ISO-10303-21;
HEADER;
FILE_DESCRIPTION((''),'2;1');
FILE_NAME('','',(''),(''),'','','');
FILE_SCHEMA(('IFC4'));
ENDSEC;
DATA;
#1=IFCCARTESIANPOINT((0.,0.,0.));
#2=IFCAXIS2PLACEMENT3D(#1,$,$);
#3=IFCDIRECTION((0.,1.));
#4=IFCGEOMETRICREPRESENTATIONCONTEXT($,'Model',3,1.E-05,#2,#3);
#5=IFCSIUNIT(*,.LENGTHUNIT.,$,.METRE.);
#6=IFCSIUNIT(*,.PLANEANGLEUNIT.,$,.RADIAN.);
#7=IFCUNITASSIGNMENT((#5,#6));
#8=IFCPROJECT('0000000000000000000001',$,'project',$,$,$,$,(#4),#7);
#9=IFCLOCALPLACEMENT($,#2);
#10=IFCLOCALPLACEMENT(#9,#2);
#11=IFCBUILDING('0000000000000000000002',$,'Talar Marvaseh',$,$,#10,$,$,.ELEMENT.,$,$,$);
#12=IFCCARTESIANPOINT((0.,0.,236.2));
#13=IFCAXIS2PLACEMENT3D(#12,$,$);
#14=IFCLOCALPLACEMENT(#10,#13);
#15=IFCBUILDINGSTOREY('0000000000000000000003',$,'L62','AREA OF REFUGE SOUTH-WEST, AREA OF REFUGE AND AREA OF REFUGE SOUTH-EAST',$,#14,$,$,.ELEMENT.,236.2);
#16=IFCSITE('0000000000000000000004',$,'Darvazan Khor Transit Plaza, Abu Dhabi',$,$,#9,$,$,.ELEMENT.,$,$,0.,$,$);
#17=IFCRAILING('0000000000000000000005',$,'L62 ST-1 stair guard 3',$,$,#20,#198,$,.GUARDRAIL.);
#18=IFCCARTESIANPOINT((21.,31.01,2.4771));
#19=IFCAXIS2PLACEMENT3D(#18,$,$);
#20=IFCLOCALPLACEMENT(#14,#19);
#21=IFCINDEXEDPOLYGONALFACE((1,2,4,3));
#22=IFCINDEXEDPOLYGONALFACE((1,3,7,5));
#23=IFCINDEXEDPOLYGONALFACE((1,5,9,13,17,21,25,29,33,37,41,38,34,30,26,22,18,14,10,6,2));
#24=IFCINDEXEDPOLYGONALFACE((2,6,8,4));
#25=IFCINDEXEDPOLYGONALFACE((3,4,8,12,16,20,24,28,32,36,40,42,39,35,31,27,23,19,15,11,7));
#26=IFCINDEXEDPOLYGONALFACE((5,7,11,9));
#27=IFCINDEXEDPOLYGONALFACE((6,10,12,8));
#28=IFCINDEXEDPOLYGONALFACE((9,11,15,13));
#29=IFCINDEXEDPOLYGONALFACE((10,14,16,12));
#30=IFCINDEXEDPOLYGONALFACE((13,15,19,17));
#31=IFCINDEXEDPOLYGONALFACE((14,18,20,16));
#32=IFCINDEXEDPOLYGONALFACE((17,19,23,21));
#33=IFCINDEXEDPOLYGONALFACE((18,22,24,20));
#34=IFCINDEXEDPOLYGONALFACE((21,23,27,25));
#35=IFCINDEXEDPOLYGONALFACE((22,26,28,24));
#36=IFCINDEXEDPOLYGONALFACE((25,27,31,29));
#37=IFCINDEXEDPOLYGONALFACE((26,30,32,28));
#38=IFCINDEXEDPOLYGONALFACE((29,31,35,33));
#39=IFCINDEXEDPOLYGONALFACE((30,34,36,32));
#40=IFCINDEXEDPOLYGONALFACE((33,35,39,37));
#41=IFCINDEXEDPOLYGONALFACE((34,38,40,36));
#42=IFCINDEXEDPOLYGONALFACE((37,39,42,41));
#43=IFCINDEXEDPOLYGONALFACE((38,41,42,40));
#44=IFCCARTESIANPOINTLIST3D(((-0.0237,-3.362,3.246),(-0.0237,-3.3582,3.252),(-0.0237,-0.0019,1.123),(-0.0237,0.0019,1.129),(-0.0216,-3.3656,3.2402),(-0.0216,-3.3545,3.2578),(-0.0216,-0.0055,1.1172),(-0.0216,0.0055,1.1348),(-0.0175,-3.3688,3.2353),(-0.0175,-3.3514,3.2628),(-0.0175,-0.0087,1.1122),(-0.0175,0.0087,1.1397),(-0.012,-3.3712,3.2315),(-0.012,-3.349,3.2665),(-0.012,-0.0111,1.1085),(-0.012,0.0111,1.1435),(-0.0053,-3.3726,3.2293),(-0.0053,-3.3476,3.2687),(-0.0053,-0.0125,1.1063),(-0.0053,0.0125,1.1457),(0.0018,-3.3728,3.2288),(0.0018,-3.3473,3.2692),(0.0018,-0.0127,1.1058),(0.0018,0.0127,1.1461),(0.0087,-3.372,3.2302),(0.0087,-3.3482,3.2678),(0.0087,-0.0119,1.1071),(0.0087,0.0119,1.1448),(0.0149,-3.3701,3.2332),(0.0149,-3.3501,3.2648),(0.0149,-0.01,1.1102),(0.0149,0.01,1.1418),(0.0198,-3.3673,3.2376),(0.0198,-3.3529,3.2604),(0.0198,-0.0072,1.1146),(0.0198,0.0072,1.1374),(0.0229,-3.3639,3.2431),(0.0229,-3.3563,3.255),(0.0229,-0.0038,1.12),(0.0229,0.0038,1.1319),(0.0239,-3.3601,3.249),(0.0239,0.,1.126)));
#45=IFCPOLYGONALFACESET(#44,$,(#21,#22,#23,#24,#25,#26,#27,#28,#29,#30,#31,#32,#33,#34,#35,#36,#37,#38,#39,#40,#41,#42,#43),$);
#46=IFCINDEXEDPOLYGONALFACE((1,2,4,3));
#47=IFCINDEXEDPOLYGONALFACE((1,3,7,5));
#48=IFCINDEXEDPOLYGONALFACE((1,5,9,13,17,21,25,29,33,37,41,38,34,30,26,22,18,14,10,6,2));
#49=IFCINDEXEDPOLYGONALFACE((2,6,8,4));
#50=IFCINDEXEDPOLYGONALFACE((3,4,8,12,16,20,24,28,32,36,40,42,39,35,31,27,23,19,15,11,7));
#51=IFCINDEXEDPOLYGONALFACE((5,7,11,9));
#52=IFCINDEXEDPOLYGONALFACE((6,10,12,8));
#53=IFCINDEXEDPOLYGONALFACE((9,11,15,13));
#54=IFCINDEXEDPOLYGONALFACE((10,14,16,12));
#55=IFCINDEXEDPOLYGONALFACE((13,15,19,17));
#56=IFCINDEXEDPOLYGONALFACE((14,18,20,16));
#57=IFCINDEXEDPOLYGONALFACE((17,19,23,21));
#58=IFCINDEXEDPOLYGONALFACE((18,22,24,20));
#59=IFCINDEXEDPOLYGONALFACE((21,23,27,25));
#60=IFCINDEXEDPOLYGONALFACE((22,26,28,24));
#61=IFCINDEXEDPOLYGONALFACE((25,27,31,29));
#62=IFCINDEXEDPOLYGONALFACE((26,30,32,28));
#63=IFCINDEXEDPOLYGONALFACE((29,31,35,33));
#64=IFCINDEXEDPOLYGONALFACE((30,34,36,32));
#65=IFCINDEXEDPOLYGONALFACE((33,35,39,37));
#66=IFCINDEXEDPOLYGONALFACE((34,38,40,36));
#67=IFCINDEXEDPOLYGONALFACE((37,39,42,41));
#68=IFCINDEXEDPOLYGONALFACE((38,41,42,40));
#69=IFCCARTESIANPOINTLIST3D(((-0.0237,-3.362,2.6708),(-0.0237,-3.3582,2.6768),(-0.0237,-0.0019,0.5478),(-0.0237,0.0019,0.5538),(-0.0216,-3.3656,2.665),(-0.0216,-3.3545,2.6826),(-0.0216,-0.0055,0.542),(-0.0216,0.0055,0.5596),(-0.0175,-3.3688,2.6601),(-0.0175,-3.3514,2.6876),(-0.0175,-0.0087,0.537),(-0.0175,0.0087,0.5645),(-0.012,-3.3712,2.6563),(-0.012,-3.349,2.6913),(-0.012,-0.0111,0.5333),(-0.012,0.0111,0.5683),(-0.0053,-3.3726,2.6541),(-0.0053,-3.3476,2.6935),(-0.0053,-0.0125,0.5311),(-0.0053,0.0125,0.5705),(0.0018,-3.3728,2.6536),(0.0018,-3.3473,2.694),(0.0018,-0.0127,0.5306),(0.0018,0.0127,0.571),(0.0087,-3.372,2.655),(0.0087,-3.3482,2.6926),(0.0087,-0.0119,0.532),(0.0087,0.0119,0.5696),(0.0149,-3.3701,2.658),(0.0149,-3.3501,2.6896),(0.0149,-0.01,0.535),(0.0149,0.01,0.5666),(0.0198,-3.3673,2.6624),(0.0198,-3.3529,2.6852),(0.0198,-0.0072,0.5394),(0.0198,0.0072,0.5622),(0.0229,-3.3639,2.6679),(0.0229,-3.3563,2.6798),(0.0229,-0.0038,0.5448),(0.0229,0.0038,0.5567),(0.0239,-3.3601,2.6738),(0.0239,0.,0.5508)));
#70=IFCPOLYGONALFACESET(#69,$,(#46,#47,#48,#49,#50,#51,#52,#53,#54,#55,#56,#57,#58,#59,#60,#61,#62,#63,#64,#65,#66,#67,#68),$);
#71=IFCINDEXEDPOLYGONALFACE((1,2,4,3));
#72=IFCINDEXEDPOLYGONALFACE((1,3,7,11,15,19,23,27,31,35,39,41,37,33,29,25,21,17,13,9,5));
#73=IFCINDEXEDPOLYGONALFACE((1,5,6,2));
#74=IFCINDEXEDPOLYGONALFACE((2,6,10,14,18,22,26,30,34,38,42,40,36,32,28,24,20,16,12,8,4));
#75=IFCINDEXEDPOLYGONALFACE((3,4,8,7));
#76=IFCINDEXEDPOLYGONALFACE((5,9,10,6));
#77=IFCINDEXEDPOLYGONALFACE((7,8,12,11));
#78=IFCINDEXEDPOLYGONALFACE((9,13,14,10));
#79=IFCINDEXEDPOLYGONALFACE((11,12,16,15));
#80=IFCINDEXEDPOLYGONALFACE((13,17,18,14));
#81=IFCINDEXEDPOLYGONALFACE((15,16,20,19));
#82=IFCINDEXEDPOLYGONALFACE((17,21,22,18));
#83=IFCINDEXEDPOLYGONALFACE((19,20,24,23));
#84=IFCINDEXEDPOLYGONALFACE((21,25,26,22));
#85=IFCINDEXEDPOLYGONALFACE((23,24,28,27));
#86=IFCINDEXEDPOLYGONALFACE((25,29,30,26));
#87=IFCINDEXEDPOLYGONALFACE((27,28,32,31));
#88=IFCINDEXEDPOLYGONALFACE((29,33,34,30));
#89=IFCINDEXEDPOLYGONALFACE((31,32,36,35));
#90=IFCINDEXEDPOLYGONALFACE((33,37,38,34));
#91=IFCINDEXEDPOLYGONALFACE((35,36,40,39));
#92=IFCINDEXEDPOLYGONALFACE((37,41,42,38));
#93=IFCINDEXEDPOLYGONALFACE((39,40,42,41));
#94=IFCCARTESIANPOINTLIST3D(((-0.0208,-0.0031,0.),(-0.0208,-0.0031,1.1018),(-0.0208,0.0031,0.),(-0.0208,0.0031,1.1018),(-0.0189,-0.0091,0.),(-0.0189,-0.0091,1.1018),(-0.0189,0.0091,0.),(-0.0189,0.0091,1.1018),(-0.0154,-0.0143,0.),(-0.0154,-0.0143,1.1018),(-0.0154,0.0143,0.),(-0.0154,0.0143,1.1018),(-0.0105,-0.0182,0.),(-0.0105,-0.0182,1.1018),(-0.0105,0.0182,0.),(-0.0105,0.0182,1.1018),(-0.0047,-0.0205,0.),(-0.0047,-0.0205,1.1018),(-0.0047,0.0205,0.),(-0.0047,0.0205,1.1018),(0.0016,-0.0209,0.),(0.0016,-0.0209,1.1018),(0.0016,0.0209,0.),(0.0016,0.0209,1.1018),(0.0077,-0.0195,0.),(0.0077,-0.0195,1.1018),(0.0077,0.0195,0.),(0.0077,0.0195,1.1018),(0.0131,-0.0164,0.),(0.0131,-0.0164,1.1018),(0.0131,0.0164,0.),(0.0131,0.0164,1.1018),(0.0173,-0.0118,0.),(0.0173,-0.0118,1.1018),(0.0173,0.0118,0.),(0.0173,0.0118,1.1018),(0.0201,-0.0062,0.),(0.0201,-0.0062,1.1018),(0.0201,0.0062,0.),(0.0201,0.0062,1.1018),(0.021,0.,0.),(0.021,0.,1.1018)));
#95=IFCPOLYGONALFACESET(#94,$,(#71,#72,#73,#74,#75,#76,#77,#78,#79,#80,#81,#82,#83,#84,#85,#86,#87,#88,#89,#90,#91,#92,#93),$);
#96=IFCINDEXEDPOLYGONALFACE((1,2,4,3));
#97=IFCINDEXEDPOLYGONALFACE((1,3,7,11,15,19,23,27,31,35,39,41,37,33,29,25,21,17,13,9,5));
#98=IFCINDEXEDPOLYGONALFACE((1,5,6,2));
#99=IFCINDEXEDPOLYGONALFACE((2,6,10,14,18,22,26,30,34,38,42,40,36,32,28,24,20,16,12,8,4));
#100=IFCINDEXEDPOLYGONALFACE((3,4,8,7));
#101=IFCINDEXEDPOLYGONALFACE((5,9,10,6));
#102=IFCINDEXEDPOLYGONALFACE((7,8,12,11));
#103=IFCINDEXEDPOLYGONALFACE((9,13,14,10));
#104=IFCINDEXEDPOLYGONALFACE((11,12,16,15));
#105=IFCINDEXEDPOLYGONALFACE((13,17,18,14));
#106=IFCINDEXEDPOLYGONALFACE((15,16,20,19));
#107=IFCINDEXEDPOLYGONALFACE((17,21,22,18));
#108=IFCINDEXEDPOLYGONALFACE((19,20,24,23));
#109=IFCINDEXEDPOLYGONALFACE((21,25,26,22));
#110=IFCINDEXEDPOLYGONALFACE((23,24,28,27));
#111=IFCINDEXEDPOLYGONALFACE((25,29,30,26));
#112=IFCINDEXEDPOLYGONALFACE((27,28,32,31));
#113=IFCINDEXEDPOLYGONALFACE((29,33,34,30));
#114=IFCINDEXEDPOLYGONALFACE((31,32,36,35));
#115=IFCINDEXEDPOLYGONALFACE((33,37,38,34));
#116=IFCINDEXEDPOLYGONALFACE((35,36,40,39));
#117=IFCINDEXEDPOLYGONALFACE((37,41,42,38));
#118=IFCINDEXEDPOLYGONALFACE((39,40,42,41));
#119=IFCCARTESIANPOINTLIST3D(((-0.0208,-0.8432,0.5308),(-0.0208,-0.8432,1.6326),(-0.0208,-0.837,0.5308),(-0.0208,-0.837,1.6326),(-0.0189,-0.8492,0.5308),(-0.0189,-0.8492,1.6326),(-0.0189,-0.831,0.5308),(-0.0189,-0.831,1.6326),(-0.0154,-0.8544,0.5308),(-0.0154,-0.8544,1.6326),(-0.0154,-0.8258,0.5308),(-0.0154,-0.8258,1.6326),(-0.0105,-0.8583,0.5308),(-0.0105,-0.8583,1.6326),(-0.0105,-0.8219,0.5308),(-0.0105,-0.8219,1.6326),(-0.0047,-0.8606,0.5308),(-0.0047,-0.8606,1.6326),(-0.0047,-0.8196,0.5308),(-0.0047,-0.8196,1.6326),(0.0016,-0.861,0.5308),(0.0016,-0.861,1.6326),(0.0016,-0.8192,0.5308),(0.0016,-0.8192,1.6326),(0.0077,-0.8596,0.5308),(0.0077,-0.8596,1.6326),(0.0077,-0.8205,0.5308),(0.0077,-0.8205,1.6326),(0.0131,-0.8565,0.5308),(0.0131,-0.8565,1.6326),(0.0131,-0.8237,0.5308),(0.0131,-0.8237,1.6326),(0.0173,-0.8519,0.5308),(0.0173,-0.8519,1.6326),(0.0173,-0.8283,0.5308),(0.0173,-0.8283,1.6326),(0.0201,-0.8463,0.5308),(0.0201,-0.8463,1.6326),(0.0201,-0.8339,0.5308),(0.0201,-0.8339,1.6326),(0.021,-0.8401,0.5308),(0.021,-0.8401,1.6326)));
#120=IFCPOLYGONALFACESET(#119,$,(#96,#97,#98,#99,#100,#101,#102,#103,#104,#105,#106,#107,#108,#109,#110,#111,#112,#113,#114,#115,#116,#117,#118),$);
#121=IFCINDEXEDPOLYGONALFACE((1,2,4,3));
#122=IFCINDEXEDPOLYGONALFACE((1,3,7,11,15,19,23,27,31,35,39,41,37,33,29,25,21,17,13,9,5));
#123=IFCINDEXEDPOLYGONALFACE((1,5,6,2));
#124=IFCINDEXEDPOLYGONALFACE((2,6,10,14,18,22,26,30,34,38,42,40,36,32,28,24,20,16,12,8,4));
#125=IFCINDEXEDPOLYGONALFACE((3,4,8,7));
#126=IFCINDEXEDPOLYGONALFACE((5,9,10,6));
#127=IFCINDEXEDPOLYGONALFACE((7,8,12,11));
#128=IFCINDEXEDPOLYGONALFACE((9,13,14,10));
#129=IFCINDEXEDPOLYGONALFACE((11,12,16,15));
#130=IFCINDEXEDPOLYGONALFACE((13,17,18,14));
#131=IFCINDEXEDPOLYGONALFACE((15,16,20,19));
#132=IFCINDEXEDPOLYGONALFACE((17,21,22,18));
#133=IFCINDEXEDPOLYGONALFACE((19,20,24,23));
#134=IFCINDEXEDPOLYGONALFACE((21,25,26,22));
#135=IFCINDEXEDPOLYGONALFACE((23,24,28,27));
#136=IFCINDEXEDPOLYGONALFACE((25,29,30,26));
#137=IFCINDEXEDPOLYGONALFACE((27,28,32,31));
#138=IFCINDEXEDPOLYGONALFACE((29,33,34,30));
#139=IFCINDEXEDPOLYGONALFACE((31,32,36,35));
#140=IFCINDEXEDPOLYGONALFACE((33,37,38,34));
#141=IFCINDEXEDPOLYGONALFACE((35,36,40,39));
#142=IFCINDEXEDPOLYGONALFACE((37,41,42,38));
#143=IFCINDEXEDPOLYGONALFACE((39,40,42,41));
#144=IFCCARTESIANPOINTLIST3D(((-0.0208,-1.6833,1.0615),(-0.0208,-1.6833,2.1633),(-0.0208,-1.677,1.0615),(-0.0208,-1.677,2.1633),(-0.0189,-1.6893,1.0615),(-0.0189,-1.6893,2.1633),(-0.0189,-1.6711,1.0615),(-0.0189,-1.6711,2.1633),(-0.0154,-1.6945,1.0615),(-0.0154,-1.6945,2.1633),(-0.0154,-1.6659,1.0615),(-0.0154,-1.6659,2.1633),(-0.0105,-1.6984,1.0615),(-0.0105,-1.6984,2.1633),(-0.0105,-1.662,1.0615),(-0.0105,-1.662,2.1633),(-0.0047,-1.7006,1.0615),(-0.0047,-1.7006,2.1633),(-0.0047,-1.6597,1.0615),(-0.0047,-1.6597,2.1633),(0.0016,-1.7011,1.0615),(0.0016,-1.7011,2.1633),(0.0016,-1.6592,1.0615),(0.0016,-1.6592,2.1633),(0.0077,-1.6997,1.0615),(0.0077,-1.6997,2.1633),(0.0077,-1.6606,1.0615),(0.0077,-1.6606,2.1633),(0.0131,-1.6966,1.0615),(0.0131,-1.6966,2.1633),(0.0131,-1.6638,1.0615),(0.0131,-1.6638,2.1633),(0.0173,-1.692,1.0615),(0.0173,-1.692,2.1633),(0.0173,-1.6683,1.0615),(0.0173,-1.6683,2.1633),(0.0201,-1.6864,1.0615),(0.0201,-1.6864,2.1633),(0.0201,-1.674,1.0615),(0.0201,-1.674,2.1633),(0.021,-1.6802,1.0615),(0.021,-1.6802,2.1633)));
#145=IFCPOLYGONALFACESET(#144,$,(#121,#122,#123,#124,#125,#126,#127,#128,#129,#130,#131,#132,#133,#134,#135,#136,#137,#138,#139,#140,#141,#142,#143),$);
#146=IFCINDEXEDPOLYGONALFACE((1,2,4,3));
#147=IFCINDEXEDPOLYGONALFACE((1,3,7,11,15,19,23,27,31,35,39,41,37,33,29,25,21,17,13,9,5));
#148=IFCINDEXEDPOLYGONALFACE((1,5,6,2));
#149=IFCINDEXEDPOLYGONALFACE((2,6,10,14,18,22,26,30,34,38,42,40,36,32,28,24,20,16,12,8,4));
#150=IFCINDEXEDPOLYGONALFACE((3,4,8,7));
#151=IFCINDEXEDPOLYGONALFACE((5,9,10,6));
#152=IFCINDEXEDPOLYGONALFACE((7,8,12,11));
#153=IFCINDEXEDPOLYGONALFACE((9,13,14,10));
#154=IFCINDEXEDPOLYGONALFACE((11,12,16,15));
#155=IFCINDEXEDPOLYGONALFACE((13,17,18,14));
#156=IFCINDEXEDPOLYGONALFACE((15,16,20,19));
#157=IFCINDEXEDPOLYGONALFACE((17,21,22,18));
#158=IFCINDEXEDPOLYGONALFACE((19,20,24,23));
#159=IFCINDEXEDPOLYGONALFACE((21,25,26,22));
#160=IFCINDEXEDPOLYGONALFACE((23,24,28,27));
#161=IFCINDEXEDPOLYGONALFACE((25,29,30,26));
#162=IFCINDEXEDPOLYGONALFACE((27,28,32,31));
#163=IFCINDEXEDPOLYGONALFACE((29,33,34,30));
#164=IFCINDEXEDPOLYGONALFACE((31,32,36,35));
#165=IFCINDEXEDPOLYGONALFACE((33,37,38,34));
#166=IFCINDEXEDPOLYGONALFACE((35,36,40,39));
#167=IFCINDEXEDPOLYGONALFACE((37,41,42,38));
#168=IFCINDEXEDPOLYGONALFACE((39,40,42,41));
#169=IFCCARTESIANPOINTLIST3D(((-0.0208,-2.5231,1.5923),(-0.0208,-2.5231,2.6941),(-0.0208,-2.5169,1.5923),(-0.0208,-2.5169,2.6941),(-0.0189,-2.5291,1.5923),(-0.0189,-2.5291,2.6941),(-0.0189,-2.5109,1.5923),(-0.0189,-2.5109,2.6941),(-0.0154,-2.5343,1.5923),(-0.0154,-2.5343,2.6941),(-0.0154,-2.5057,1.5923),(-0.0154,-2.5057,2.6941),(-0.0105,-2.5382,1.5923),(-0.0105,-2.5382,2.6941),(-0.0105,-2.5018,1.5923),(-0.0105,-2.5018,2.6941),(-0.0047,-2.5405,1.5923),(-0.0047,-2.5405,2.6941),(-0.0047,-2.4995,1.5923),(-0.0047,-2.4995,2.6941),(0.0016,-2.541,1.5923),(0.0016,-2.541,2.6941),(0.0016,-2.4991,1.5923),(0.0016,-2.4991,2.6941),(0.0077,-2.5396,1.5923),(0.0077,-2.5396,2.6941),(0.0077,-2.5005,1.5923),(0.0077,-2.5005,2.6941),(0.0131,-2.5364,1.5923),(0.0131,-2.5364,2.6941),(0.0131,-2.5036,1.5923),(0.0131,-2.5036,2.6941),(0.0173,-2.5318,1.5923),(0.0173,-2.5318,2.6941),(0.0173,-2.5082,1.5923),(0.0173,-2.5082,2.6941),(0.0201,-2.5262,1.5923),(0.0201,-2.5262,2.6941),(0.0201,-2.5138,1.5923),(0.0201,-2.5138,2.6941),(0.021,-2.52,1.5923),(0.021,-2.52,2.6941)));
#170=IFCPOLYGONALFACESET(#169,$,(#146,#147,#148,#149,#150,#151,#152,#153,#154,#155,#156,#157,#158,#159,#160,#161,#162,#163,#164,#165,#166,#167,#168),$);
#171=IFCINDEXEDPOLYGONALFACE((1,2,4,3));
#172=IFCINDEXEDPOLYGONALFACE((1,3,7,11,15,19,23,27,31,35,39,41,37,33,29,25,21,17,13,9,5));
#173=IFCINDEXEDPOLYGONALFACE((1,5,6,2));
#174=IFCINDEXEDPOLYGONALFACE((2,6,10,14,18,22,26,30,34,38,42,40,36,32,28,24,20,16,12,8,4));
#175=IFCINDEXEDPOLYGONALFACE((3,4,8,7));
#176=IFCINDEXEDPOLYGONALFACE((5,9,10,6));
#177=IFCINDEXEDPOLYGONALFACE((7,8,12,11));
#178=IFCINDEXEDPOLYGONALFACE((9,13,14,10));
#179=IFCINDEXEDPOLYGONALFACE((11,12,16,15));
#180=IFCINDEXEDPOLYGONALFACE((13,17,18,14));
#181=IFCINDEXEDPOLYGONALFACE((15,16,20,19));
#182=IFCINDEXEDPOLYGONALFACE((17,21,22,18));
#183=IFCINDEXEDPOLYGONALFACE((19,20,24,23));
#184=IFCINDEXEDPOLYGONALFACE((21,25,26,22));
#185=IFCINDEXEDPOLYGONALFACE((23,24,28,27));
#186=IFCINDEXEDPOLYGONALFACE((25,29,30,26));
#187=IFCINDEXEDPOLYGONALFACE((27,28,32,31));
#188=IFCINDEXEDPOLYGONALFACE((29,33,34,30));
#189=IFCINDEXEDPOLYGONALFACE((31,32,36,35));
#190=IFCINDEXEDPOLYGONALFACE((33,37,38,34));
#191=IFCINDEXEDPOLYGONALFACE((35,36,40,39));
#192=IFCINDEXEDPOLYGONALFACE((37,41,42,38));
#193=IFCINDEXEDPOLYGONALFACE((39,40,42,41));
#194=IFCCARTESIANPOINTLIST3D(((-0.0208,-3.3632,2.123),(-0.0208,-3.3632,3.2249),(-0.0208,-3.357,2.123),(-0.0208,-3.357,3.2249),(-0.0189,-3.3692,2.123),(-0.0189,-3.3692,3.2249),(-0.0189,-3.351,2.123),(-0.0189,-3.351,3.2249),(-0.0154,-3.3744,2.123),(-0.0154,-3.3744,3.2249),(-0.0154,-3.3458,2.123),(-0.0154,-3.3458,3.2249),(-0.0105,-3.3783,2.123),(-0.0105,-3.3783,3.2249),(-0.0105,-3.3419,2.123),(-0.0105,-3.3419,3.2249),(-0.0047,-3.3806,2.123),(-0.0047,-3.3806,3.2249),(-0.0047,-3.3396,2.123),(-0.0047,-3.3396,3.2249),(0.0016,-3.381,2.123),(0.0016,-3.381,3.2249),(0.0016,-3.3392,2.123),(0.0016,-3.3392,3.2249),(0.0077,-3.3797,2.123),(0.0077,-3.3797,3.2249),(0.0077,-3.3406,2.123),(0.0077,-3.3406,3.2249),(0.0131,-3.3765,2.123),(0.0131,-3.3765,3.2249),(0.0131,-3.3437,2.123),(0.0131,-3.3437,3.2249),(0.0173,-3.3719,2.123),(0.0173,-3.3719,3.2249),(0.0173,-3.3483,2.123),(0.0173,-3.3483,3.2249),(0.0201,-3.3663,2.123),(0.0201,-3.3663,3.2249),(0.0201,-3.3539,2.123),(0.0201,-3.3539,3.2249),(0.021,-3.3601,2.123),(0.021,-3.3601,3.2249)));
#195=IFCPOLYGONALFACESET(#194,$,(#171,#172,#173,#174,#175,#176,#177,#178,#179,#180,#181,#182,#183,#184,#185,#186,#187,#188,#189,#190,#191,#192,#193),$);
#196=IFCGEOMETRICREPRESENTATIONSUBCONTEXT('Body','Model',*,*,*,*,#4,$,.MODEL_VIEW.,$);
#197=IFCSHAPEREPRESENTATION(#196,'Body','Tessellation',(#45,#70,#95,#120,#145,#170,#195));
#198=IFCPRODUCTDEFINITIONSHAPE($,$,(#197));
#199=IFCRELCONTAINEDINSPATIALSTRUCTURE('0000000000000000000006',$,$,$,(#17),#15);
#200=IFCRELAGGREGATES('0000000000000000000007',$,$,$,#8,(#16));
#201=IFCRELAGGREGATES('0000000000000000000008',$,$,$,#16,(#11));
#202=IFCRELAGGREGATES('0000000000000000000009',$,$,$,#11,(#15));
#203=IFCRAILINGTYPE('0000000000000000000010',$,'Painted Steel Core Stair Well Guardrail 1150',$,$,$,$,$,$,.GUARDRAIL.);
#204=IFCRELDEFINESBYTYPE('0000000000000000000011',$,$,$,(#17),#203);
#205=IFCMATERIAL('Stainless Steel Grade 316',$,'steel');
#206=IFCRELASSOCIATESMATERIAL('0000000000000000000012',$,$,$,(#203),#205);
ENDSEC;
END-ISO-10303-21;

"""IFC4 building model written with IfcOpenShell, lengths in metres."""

from ifc_helpers import new_model, si_unit, direction, frame, origin, origin_2d, place, context, subcontext, project, spatial, circle, extrude, material, type_object, element, save


model = new_model("IFC4")

# Units and contexts
model_context = context("Model", 3, precision=1e-05, world=origin(), true_north=direction((0.0, 1.0)))
body_context = subcontext(model_context, "Body", "Model", "MODEL_VIEW")
ifc_project = project(units=[si_unit("LENGTHUNIT", "METRE"), si_unit("PLANEANGLEUNIT", "RADIAN")], contexts=[model_context])

# Site, building, storey
site_placement = place(None, origin())
site = spatial("IfcSite", under=ifc_project, at=site_placement, Name="Darvazan Khor Transit Plaza, Abu Dhabi", CompositionType="ELEMENT", RefElevation=0.0)
building_placement = place(site_placement, origin())
building = spatial("IfcBuilding", under=site, at=building_placement, Name="Talar Marvaseh", CompositionType="ELEMENT")
storey_placement = place(building_placement, frame((0.0, 0.0, 236.2)))
storey = spatial("IfcBuildingStorey", under=building, at=storey_placement, Name="L62", Description="AREA OF REFUGE SOUTH-WEST, AREA OF REFUGE AND AREA OF REFUGE SOUTH-EAST", CompositionType="ELEMENT", Elevation=236.2)

# Shared definitions
ifc_material_1 = material(Name="Stainless Steel Grade 316", Category="steel")

# Railing
railing_type_1 = type_object("IfcRailingType", Name="Painted Steel Core Stair Well Guardrail 1150", PredefinedType="GUARDRAIL", material=ifc_material_1)
railing_1_placement = place(storey_placement, frame((21.0, 31.01, 2.4771)))
element("IfcRailing", 1, at=railing_1_placement, inside=storey, type_object=railing_type_1, Name="L62 ST-1 stair guard 3", PredefinedType="GUARDRAIL", context=body_context, shape_type="SweptSolid", body=[
    extrude(circle(Radius=0.0239, at=origin_2d()), frame((0.0, 0.0, 1.126), z_axis=(0.0, -0.84539, 0.53415), x_axis=(1.0, 0.0, 0.0)), (0.0, 0.0, 1.0), 3.9746),
    extrude(circle(Radius=0.0239, at=origin_2d()), frame((0.0, 0.0, 0.5508), z_axis=(0.0, -0.84539, 0.53415), x_axis=(1.0, 0.0, 0.0)), (0.0, 0.0, 1.0), 3.9746),
    extrude(circle(Radius=0.021, at=origin_2d()), origin(), (0.0, 0.0, 1.0), 1.1018),
    extrude(circle(Radius=0.021, at=origin_2d()), frame((0.0, -0.8401, 0.5308)), (0.0, 0.0, 1.0), 1.1018),
    extrude(circle(Radius=0.021, at=origin_2d()), frame((0.0, -1.6802, 1.0615)), (0.0, 0.0, 1.0), 1.1018),
    extrude(circle(Radius=0.021, at=origin_2d()), frame((0.0, -2.52, 1.5923)), (0.0, 0.0, 1.0), 1.1018),
    extrude(circle(Radius=0.021, at=origin_2d()), frame((0.0, -3.3601, 2.123)), (0.0, 0.0, 1.0), 1.1018),
])

save(model, "model.ifc")
